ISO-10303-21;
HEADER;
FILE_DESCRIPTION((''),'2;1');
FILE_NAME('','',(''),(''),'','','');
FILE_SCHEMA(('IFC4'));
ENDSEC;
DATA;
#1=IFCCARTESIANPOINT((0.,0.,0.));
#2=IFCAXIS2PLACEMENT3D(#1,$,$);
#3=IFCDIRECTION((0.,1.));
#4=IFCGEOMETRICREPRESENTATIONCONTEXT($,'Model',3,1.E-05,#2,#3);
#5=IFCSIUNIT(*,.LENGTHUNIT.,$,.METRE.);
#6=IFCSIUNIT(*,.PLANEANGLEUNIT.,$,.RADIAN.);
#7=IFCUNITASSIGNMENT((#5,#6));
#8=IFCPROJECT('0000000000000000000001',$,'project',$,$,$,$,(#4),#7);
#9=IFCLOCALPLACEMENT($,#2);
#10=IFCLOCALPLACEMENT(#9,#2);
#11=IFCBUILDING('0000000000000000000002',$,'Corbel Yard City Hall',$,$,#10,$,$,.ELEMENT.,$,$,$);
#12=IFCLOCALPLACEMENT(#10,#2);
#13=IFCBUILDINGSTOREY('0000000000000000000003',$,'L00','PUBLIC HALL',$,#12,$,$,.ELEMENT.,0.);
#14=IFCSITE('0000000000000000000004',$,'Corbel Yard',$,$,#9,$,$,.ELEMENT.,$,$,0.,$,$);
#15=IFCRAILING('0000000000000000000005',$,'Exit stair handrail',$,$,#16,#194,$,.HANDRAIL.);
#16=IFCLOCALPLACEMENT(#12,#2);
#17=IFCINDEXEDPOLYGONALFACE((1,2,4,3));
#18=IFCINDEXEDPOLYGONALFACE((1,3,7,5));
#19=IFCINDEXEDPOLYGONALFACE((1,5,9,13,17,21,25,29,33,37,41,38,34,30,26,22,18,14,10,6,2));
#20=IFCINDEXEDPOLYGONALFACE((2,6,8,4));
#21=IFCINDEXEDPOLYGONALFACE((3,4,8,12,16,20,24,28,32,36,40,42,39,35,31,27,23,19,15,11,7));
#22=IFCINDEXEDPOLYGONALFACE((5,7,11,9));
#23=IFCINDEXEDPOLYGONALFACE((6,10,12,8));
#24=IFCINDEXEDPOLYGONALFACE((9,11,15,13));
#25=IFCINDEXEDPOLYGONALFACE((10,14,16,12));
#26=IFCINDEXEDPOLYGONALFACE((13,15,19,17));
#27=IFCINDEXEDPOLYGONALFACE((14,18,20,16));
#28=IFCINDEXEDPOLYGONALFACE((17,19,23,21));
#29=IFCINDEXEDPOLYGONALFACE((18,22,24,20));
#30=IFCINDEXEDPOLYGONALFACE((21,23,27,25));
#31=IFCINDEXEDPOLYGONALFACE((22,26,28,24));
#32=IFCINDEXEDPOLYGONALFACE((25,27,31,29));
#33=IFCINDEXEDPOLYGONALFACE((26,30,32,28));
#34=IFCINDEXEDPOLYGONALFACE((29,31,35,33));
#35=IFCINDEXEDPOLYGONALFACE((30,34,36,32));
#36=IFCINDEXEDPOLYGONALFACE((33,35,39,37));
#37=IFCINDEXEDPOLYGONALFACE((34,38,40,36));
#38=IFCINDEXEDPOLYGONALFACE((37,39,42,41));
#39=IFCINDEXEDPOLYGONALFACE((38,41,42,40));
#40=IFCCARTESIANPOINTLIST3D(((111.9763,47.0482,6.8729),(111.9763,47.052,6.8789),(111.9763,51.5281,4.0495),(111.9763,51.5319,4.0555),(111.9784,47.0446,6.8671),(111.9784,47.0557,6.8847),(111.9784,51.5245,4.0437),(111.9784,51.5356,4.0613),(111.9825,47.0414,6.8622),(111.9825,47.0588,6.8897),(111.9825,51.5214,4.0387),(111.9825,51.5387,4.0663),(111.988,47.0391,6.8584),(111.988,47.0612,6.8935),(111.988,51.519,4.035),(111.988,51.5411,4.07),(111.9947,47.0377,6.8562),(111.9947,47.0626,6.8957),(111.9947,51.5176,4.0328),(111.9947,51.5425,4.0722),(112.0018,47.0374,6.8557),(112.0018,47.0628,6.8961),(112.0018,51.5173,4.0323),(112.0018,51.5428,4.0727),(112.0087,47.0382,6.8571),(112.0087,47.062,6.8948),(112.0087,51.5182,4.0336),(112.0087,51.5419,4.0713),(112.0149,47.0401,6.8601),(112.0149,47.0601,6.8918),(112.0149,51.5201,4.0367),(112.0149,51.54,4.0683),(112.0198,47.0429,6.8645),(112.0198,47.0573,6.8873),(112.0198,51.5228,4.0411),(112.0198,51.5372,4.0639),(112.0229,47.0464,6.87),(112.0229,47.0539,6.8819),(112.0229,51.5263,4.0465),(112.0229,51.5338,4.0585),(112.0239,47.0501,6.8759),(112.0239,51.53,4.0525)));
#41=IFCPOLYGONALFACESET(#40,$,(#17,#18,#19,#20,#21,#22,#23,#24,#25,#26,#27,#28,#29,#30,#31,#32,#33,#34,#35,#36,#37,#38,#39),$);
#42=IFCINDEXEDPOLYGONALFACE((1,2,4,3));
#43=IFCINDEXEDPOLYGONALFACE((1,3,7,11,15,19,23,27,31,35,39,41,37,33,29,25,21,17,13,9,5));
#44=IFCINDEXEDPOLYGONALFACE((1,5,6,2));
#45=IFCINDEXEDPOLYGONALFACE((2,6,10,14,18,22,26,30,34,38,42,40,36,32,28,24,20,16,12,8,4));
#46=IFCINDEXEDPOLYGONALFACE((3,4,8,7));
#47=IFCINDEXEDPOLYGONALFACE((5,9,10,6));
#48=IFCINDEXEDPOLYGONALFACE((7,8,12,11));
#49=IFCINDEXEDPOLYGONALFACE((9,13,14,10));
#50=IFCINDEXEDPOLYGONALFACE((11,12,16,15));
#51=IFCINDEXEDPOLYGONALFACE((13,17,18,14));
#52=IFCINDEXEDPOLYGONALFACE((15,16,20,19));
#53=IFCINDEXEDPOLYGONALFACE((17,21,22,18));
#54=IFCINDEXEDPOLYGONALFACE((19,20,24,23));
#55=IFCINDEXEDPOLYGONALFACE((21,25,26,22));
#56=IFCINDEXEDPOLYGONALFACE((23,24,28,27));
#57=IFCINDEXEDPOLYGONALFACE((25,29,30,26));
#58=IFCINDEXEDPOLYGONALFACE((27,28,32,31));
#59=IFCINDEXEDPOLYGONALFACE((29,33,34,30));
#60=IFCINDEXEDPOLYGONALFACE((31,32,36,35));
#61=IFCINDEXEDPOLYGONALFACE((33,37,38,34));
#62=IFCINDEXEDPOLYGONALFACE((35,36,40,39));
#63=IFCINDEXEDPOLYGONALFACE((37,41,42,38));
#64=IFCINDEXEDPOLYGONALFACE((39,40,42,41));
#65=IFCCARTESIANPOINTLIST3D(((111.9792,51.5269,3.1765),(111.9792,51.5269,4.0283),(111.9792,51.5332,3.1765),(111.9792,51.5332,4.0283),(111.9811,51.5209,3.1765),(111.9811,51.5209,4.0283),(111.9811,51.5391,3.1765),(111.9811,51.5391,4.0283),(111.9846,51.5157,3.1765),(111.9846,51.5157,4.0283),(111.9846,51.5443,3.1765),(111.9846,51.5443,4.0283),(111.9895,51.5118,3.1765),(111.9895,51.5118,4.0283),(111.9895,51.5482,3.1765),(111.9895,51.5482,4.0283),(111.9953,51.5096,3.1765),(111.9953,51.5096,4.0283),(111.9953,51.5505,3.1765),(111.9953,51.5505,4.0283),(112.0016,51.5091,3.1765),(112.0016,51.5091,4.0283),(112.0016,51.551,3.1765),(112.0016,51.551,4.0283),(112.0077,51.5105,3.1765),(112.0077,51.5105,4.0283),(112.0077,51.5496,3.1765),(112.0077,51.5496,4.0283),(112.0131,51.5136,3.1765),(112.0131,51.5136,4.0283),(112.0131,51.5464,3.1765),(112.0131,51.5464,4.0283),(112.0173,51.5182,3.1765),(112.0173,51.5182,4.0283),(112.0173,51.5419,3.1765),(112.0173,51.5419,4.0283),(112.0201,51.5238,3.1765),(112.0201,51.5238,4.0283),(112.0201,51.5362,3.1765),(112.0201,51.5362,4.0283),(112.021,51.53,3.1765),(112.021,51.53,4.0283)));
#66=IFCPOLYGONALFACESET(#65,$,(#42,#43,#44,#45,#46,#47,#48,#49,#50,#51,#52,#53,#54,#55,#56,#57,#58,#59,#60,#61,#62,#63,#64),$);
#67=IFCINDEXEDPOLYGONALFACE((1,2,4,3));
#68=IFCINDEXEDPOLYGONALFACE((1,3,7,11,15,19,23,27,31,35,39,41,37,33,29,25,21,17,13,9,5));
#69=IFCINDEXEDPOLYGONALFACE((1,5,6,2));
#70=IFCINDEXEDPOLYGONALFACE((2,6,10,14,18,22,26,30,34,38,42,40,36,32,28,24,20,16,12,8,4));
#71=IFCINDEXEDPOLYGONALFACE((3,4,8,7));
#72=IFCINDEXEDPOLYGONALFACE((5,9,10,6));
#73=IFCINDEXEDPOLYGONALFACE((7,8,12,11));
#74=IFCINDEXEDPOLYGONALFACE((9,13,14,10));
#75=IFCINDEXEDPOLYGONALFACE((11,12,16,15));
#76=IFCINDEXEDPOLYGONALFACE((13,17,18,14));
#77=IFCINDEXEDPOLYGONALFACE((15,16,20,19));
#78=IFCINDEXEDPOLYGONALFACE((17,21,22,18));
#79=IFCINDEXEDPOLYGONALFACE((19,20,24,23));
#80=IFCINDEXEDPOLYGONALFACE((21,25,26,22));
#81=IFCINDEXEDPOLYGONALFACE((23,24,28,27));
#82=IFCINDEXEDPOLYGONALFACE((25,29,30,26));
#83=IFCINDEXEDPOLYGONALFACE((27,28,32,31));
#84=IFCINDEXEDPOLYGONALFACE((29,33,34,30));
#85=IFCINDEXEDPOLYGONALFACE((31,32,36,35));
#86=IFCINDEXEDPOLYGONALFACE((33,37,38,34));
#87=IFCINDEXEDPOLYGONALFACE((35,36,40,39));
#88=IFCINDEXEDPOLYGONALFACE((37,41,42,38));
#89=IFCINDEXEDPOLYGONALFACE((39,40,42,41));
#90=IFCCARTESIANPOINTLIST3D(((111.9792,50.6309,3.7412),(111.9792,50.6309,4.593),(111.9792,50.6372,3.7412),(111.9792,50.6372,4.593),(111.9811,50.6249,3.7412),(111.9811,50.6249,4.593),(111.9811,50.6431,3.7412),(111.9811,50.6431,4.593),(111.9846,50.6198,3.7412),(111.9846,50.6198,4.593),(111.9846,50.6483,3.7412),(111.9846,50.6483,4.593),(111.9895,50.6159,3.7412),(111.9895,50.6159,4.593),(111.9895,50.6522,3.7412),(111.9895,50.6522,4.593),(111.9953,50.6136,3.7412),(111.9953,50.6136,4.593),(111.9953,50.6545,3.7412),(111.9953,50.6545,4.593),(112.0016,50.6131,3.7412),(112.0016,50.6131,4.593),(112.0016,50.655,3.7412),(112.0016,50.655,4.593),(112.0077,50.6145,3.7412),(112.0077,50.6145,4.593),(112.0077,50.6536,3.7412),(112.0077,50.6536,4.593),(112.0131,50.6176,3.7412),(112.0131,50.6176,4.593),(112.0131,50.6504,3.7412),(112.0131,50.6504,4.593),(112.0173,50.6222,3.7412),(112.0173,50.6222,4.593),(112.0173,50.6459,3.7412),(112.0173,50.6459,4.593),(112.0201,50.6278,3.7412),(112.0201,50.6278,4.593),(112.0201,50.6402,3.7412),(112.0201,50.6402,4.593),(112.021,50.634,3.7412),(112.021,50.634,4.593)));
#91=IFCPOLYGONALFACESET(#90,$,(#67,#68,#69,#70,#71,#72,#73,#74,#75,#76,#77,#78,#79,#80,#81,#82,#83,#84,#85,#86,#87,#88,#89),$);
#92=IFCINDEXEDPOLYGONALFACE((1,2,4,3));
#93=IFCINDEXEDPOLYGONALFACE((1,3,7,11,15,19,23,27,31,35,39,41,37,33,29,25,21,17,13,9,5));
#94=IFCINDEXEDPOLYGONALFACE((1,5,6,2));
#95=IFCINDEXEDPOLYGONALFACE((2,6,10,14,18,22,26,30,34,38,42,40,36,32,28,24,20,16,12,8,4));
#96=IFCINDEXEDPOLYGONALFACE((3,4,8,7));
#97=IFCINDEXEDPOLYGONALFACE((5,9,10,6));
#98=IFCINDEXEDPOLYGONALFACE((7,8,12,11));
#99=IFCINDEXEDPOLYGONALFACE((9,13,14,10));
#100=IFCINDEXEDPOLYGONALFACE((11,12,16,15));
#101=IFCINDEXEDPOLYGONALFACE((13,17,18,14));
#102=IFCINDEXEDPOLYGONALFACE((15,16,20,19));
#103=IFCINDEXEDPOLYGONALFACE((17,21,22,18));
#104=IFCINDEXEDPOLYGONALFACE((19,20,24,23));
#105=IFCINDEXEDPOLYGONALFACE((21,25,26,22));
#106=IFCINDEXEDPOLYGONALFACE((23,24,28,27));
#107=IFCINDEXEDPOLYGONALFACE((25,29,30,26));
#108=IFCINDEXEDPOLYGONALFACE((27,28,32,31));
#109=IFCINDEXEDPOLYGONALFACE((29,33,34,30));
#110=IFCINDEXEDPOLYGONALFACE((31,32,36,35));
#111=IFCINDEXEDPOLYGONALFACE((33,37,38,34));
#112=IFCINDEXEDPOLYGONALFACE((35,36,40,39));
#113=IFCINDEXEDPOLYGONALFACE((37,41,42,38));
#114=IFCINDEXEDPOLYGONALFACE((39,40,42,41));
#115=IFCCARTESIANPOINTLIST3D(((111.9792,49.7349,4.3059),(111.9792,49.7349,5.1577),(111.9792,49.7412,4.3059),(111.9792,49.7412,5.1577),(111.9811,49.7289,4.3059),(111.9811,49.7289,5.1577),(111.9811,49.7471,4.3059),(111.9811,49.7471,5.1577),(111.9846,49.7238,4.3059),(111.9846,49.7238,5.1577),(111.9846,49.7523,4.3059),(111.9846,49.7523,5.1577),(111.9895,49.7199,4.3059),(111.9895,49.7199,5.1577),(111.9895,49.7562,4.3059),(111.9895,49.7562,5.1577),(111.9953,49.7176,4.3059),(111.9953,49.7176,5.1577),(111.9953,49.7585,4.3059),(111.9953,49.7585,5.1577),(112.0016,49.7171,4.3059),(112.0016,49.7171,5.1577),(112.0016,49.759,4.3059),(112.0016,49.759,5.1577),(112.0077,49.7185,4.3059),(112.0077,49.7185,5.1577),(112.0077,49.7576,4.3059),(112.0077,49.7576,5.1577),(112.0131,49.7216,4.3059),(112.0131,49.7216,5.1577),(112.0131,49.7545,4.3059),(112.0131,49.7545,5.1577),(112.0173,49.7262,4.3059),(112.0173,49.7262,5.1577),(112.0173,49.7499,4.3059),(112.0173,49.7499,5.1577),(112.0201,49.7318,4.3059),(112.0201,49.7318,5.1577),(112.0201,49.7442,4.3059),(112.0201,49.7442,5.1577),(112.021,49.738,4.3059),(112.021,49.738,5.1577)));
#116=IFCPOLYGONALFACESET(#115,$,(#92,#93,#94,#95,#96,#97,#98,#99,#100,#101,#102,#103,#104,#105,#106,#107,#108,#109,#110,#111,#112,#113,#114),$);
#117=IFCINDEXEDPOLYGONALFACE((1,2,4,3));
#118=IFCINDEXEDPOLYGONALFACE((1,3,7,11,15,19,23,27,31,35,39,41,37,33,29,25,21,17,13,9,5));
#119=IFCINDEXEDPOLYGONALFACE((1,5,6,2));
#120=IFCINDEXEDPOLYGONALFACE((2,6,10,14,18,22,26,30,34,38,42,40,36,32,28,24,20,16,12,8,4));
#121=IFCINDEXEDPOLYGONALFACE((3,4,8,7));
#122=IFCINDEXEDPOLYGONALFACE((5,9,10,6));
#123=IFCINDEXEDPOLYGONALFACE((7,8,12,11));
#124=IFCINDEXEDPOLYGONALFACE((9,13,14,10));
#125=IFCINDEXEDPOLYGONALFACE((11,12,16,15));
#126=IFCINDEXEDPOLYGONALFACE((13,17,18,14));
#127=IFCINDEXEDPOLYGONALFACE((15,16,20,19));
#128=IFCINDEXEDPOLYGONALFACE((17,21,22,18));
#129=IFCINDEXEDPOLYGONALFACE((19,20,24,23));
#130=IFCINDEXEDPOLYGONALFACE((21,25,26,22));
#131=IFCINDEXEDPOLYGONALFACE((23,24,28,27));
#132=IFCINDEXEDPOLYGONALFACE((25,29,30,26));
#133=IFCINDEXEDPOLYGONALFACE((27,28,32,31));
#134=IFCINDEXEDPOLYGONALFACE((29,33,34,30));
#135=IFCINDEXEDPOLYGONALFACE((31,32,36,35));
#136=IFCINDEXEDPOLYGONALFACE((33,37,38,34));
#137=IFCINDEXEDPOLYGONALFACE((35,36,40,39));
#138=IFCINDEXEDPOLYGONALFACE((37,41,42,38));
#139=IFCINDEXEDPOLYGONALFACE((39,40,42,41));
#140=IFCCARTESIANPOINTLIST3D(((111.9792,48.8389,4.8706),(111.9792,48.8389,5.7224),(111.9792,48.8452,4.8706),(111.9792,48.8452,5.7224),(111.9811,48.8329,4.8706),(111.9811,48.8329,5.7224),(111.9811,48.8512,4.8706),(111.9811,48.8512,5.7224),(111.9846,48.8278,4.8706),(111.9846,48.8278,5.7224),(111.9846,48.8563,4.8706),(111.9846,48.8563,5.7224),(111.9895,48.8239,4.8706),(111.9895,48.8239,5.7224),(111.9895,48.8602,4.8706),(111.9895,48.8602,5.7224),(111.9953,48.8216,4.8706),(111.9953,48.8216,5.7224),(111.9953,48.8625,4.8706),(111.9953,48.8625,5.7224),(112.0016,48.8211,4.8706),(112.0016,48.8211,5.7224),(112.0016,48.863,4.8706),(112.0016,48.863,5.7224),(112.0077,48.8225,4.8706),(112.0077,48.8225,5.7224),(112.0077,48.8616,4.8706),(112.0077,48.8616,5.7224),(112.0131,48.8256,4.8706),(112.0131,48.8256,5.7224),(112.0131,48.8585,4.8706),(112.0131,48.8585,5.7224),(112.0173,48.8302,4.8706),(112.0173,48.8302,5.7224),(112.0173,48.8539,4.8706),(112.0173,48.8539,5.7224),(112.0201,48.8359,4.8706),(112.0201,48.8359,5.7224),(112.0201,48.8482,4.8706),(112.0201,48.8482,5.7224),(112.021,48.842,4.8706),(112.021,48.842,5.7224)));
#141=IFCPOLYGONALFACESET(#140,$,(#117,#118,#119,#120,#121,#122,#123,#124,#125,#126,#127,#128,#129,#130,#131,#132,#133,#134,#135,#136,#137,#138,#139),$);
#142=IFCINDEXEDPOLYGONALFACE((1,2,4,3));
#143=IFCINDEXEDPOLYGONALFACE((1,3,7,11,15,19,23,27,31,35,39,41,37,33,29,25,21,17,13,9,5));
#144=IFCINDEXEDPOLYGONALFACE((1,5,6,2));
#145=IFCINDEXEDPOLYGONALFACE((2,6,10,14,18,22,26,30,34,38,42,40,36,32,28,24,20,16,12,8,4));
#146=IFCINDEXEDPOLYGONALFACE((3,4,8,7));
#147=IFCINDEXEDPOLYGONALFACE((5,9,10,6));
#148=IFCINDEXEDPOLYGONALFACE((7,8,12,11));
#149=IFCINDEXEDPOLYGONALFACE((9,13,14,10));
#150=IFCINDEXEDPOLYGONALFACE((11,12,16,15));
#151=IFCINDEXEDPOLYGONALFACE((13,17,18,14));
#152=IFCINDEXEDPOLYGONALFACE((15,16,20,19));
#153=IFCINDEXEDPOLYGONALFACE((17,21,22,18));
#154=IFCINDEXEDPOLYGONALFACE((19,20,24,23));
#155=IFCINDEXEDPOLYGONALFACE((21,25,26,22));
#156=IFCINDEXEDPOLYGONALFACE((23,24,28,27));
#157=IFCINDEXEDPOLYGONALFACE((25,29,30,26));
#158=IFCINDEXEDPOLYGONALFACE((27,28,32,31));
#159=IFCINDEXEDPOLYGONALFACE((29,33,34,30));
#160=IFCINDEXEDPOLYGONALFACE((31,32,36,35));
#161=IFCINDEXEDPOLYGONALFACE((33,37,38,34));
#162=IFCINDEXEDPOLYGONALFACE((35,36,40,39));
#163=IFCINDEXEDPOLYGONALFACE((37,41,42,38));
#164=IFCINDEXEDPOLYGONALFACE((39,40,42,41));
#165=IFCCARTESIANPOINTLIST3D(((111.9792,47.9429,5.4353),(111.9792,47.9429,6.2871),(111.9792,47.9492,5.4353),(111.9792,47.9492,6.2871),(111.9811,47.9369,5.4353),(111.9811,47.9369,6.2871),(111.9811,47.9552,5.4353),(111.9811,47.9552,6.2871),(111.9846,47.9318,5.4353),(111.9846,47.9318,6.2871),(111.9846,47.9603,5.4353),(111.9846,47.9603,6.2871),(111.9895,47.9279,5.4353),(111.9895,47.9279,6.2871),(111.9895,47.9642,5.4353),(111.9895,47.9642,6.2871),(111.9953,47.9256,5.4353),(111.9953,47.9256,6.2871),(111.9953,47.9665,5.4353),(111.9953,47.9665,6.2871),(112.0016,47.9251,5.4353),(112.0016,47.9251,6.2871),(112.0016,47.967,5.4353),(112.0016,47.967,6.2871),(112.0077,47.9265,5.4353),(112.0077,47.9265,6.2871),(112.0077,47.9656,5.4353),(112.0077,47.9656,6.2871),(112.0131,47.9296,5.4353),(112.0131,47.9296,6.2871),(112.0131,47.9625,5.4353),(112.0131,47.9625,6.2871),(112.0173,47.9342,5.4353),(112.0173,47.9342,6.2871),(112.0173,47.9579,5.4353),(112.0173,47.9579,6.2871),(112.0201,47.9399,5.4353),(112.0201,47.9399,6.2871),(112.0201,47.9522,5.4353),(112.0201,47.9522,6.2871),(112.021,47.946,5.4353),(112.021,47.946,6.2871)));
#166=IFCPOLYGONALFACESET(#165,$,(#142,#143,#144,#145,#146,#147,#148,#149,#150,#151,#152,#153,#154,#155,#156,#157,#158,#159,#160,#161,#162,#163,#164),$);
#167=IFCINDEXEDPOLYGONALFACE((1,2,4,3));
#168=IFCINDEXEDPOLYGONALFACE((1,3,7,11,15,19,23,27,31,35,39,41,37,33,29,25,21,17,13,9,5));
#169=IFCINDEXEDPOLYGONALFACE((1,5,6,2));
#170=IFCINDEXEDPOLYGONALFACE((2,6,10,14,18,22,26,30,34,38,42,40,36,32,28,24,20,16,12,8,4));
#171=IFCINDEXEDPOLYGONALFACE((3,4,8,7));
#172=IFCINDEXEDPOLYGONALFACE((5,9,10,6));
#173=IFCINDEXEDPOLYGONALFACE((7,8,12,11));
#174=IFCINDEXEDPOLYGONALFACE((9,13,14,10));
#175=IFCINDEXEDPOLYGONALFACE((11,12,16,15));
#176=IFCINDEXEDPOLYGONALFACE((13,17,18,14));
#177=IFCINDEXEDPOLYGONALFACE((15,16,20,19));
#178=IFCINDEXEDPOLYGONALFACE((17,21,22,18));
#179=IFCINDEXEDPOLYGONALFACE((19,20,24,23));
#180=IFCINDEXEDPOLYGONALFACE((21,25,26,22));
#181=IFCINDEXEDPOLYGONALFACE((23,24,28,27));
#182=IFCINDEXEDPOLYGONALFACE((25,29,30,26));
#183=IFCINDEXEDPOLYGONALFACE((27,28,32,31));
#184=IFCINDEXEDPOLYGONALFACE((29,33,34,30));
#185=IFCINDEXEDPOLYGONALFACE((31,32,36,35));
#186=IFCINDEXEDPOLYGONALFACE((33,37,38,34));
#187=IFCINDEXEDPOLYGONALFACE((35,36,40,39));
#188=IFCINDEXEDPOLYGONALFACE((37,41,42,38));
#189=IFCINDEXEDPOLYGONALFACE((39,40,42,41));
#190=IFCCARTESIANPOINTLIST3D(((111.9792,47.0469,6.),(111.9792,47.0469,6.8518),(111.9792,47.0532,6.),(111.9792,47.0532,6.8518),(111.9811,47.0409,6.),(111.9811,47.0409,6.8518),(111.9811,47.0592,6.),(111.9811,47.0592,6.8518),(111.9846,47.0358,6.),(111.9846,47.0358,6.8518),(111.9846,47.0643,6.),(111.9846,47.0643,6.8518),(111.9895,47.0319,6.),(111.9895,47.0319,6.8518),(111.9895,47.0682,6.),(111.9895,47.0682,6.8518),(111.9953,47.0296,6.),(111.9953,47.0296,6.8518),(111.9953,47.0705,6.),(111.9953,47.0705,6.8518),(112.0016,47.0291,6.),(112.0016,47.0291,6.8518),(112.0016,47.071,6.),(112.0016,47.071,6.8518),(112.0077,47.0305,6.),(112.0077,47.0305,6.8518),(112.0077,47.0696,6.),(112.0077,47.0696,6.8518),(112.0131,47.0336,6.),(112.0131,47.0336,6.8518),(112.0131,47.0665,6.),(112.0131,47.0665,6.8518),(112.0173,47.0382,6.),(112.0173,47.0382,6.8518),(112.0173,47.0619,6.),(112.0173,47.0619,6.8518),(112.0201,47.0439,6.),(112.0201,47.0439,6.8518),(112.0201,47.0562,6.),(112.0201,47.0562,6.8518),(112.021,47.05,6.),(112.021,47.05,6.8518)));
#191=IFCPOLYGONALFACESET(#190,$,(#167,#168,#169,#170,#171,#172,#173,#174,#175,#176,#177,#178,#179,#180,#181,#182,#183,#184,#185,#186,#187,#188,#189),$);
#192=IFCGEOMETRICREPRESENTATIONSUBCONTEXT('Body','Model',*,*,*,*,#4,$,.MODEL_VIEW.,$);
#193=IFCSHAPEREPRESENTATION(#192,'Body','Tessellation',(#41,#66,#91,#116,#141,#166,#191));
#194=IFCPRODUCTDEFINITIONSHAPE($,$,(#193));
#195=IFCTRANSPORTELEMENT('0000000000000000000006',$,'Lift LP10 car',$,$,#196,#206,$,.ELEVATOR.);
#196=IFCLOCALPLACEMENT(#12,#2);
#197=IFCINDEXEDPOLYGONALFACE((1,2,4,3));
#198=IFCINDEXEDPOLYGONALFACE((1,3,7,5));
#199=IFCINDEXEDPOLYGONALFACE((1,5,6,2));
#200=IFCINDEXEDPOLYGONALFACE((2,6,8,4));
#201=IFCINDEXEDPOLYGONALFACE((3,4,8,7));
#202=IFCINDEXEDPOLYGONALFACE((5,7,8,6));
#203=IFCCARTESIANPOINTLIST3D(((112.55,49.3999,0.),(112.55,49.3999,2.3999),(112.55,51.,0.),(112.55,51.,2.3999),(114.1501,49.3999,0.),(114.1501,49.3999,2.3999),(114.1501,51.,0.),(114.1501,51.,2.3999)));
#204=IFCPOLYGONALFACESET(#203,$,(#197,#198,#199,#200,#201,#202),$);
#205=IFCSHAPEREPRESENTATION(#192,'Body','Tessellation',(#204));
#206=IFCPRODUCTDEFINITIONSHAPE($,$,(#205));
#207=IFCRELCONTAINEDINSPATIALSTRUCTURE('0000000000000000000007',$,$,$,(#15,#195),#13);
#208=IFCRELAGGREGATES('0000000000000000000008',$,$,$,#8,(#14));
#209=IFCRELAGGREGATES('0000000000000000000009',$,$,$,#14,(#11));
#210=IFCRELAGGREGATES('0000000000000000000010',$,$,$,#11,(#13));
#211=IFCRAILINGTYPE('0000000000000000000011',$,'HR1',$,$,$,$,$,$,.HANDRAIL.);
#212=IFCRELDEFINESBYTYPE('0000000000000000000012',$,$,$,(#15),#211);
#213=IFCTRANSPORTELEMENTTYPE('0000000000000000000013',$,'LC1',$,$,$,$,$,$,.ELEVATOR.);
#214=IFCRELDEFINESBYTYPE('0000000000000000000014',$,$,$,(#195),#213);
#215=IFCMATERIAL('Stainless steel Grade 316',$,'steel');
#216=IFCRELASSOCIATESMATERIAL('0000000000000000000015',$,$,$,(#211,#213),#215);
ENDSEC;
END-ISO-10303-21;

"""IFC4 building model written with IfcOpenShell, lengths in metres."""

from ifc_helpers import new_model, si_unit, direction, frame, origin, origin_2d, place, context, subcontext, project, spatial, rectangle, circle, extrude, material, type_object, element, save


model = new_model("IFC4")

# Units and contexts
model_context = context("Model", 3, precision=1e-05, world=origin(), true_north=direction((0.0, 1.0)))
body_context = subcontext(model_context, "Body", "Model", "MODEL_VIEW")
ifc_project = project(units=[si_unit("LENGTHUNIT", "METRE"), si_unit("PLANEANGLEUNIT", "RADIAN")], contexts=[model_context])

# Site, building, storey
site_placement = place(None, origin())
site = spatial("IfcSite", under=ifc_project, at=site_placement, Name="Corbel Yard", CompositionType="ELEMENT", RefElevation=0.0)
building_placement = place(site_placement, origin())
building = spatial("IfcBuilding", under=site, at=building_placement, Name="Corbel Yard City Hall", CompositionType="ELEMENT")
storey_placement = place(building_placement, origin())
storey = spatial("IfcBuildingStorey", under=building, at=storey_placement, Name="L00", Description="PUBLIC HALL", CompositionType="ELEMENT", Elevation=0.0)

# Shared definitions
ifc_material_1 = material(Name="Stainless steel Grade 316", Category="steel")

# Railing
railing_type = type_object("IfcRailingType", Name="HR1", PredefinedType="HANDRAIL", material=ifc_material_1)
for number, where, name in (
    (1, (112.0, 51.53, 3.1765), "Exit stair handrail"),
):
    element("IfcRailing", number, at=place(storey_placement, frame(where)), inside=storey, type_object=railing_type, Name=name, PredefinedType="HANDRAIL", context=body_context, shape_type="SweptSolid", body=[
        extrude(circle(Radius=0.0239, at=origin_2d()), frame((0.0, 0.0, 0.876), z_axis=(0.0, -0.845998, 0.533186), x_axis=(1.0, 0.0, 0.0)), (0.0, 0.0, 1.0), 5.2954),
        extrude(circle(Radius=0.021, at=origin_2d()), origin(), (0.0, 0.0, 1.0), 0.8518),
        extrude(circle(Radius=0.021, at=origin_2d()), frame((0.0, -0.896, 0.5647)), (0.0, 0.0, 1.0), 0.8518),
        extrude(circle(Radius=0.021, at=origin_2d()), frame((0.0, -1.792, 1.1294)), (0.0, 0.0, 1.0), 0.8518),
        extrude(circle(Radius=0.021, at=origin_2d()), frame((0.0, -2.688, 1.6941)), (0.0, 0.0, 1.0), 0.8518),
        extrude(circle(Radius=0.021, at=origin_2d()), frame((0.0, -3.584, 2.2588)), (0.0, 0.0, 1.0), 0.8518),
        extrude(circle(Radius=0.021, at=origin_2d()), frame((0.0, -4.48, 2.8235)), (0.0, 0.0, 1.0), 0.8518),
    ])

# Transport element
transport_element_type = type_object("IfcTransportElementType", Name="LC1", PredefinedType="ELEVATOR", material=ifc_material_1)
transport_element_placement = place(storey_placement, frame((113.3501, 50.2, 0.0), z_axis=(0.0, 0.0, 1.0), x_axis=(1.0, 0.0, 0.0)))
element("IfcTransportElement", 2, at=transport_element_placement, inside=storey, type_object=transport_element_type, Name="Lift LP10 car", PredefinedType="ELEVATOR", context=body_context, shape_type="SweptSolid", body=[
    extrude(rectangle(XDim=1.6001, YDim=1.6001, at=origin_2d()), origin(), (0.0, 0.0, 1.0), 2.3999),
])

save(model, "model.ifc")
